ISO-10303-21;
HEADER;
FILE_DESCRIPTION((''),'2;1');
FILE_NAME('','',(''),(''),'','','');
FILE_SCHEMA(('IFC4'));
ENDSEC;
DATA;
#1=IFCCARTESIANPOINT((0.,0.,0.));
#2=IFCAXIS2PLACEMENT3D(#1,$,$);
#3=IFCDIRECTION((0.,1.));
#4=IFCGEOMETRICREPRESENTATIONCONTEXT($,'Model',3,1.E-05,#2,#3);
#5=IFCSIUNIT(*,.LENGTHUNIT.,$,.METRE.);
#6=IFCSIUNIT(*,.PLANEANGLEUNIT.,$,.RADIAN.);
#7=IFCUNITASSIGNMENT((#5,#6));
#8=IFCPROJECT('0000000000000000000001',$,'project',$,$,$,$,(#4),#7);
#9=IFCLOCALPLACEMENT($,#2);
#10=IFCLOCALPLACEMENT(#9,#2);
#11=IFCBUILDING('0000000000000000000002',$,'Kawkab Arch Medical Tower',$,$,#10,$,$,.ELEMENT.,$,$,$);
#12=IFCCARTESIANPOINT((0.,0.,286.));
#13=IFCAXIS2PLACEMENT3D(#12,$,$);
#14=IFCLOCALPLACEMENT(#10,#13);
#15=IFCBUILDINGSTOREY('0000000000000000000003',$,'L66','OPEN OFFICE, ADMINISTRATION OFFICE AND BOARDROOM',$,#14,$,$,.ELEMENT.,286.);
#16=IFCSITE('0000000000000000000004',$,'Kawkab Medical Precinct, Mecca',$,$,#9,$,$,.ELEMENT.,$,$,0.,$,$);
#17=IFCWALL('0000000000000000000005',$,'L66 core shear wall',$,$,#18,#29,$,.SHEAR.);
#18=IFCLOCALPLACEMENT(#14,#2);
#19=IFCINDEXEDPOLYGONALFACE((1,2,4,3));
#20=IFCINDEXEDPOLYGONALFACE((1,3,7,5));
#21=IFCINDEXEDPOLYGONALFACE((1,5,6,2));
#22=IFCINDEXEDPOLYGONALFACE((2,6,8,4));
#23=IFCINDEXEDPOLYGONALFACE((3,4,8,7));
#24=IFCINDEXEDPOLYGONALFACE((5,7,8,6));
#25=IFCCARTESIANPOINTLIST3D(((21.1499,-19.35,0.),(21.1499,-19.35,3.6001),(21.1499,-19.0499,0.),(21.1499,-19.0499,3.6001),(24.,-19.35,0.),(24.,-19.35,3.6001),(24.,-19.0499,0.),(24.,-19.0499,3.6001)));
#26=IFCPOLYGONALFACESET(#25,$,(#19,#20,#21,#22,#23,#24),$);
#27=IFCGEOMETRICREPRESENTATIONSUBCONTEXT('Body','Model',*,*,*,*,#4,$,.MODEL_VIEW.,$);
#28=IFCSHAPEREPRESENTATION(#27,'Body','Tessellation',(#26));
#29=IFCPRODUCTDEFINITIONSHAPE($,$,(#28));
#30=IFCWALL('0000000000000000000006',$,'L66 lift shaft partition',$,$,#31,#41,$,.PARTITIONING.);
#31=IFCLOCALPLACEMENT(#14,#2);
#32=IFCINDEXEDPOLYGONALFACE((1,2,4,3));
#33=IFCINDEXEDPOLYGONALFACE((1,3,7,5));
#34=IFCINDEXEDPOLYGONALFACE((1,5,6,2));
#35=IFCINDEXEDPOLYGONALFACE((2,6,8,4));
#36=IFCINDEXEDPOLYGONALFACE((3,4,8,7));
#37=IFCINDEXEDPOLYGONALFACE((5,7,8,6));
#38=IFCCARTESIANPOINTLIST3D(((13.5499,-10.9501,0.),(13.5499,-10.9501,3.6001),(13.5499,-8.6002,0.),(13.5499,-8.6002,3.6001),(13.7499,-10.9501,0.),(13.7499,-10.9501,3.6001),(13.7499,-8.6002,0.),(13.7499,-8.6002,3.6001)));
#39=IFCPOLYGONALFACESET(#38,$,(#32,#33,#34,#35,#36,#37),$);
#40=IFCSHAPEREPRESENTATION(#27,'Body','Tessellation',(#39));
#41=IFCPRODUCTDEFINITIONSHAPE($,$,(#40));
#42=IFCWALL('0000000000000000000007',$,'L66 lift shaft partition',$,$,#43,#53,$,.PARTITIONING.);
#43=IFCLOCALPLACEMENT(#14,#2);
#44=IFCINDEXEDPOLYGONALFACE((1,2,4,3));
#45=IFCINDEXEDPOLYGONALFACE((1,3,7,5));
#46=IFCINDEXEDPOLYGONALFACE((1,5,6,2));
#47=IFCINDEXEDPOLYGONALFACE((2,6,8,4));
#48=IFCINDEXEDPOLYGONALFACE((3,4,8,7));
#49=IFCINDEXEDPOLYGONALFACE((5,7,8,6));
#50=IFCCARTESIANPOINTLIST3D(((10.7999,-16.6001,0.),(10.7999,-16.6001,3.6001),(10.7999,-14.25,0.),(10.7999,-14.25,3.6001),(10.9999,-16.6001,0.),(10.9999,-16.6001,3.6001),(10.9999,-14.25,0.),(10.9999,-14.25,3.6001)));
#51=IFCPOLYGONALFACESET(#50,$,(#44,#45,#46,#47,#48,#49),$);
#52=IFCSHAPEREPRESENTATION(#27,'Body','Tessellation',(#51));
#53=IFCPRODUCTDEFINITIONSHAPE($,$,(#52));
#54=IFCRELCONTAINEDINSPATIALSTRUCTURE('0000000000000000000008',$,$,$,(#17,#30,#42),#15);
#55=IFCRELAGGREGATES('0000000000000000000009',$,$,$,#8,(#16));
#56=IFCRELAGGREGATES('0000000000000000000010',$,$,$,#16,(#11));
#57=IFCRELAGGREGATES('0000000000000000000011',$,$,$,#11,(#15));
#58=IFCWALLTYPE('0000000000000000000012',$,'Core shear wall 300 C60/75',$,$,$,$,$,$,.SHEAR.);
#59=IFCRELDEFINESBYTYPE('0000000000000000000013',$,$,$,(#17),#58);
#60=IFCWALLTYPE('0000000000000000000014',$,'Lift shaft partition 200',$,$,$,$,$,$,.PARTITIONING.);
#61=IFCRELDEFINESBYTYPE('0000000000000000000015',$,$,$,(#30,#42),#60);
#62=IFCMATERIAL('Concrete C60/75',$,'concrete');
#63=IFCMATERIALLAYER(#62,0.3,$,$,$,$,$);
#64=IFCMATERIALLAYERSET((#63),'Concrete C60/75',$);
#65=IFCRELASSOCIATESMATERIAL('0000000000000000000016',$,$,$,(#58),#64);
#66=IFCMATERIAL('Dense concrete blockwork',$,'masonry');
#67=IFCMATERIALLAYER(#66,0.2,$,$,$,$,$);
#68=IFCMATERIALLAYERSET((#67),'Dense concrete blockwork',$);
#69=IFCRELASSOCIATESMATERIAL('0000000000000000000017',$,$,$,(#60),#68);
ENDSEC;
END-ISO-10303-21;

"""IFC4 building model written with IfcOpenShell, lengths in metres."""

from ifc_helpers import new_model, si_unit, direction, frame, frame_2d, origin, place, context, subcontext, project, spatial, rectangle, extrude, material, layer, layer_set, type_object, element, save


model = new_model("IFC4")

# Units and contexts
model_context = context("Model", 3, precision=1e-05, world=origin(), true_north=direction((0.0, 1.0)))
body_context = subcontext(model_context, "Body", "Model", "MODEL_VIEW")
ifc_project = project(units=[si_unit("LENGTHUNIT", "METRE"), si_unit("PLANEANGLEUNIT", "RADIAN")], contexts=[model_context])

# Site, building, storey
site_placement = place(None, origin())
site = spatial("IfcSite", under=ifc_project, at=site_placement, Name="Kawkab Medical Precinct, Mecca", CompositionType="ELEMENT", RefElevation=0.0)
building_placement = place(site_placement, origin())
building = spatial("IfcBuilding", under=site, at=building_placement, Name="Kawkab Arch Medical Tower", CompositionType="ELEMENT")
storey_placement = place(building_placement, frame((0.0, 0.0, 286.0)))
storey = spatial("IfcBuildingStorey", under=building, at=storey_placement, Name="L66", Description="OPEN OFFICE, ADMINISTRATION OFFICE AND BOARDROOM", CompositionType="ELEMENT", Elevation=286.0)

# Walls
ifc_material_1 = material(Name="Concrete C60/75", Category="concrete")
ifc_layer_1 = layer(ifc_material_1, 0.3)
ifc_layer_set_1 = layer_set([ifc_layer_1], Name="Concrete C60/75")
wall_type_1 = type_object("IfcWallType", Name="Core shear wall 300 C60/75", PredefinedType="SHEAR", material=ifc_layer_set_1)
wall_1_placement = place(storey_placement, frame((21.1499, -19.2, 0.0), z_axis=(0.0, 0.0, 1.0), x_axis=(1.0, 0.0, 0.0)))
element("IfcWall", 1, at=wall_1_placement, inside=storey, type_object=wall_type_1, Name="L66 core shear wall", PredefinedType="SHEAR", context=body_context, shape_type="SweptSolid", body=[
    extrude(rectangle(XDim=2.8501, YDim=0.3, at=frame_2d((1.425, 0.0))), origin(), (0.0, 0.0, 1.0), 3.6001),
])
ifc_material_2 = material(Name="Dense concrete blockwork", Category="masonry")
ifc_layer_2 = layer(ifc_material_2, 0.2)
ifc_layer_set_2 = layer_set([ifc_layer_2], Name="Dense concrete blockwork")
wall_type_2 = type_object("IfcWallType", Name="Lift shaft partition 200", PredefinedType="PARTITIONING", material=ifc_layer_set_2)
wall_2_placement = place(storey_placement, frame((13.6499, -10.95, 0.0), z_axis=(0.0, 0.0, 1.0), x_axis=(0.0, 1.0, 0.0)))
element("IfcWall", 2, at=wall_2_placement, inside=storey, type_object=wall_type_2, Name="L66 lift shaft partition", PredefinedType="PARTITIONING", context=body_context, shape_type="SweptSolid", body=[
    extrude(rectangle(XDim=2.3499, YDim=0.2, at=frame_2d((1.1748, 0.0))), origin(), (0.0, 0.0, 1.0), 3.6001),
])
wall_3_placement = place(storey_placement, frame((10.8999, -16.6001, 0.0), z_axis=(0.0, 0.0, 1.0), x_axis=(0.0, 1.0, 0.0)))
element("IfcWall", 3, at=wall_3_placement, inside=storey, type_object=wall_type_2, Name="L66 lift shaft partition", PredefinedType="PARTITIONING", context=body_context, shape_type="SweptSolid", body=[
    extrude(rectangle(XDim=2.3501, YDim=0.2, at=frame_2d((1.175, 0.0))), origin(), (0.0, 0.0, 1.0), 3.6001),
])

save(model, "model.ifc")
